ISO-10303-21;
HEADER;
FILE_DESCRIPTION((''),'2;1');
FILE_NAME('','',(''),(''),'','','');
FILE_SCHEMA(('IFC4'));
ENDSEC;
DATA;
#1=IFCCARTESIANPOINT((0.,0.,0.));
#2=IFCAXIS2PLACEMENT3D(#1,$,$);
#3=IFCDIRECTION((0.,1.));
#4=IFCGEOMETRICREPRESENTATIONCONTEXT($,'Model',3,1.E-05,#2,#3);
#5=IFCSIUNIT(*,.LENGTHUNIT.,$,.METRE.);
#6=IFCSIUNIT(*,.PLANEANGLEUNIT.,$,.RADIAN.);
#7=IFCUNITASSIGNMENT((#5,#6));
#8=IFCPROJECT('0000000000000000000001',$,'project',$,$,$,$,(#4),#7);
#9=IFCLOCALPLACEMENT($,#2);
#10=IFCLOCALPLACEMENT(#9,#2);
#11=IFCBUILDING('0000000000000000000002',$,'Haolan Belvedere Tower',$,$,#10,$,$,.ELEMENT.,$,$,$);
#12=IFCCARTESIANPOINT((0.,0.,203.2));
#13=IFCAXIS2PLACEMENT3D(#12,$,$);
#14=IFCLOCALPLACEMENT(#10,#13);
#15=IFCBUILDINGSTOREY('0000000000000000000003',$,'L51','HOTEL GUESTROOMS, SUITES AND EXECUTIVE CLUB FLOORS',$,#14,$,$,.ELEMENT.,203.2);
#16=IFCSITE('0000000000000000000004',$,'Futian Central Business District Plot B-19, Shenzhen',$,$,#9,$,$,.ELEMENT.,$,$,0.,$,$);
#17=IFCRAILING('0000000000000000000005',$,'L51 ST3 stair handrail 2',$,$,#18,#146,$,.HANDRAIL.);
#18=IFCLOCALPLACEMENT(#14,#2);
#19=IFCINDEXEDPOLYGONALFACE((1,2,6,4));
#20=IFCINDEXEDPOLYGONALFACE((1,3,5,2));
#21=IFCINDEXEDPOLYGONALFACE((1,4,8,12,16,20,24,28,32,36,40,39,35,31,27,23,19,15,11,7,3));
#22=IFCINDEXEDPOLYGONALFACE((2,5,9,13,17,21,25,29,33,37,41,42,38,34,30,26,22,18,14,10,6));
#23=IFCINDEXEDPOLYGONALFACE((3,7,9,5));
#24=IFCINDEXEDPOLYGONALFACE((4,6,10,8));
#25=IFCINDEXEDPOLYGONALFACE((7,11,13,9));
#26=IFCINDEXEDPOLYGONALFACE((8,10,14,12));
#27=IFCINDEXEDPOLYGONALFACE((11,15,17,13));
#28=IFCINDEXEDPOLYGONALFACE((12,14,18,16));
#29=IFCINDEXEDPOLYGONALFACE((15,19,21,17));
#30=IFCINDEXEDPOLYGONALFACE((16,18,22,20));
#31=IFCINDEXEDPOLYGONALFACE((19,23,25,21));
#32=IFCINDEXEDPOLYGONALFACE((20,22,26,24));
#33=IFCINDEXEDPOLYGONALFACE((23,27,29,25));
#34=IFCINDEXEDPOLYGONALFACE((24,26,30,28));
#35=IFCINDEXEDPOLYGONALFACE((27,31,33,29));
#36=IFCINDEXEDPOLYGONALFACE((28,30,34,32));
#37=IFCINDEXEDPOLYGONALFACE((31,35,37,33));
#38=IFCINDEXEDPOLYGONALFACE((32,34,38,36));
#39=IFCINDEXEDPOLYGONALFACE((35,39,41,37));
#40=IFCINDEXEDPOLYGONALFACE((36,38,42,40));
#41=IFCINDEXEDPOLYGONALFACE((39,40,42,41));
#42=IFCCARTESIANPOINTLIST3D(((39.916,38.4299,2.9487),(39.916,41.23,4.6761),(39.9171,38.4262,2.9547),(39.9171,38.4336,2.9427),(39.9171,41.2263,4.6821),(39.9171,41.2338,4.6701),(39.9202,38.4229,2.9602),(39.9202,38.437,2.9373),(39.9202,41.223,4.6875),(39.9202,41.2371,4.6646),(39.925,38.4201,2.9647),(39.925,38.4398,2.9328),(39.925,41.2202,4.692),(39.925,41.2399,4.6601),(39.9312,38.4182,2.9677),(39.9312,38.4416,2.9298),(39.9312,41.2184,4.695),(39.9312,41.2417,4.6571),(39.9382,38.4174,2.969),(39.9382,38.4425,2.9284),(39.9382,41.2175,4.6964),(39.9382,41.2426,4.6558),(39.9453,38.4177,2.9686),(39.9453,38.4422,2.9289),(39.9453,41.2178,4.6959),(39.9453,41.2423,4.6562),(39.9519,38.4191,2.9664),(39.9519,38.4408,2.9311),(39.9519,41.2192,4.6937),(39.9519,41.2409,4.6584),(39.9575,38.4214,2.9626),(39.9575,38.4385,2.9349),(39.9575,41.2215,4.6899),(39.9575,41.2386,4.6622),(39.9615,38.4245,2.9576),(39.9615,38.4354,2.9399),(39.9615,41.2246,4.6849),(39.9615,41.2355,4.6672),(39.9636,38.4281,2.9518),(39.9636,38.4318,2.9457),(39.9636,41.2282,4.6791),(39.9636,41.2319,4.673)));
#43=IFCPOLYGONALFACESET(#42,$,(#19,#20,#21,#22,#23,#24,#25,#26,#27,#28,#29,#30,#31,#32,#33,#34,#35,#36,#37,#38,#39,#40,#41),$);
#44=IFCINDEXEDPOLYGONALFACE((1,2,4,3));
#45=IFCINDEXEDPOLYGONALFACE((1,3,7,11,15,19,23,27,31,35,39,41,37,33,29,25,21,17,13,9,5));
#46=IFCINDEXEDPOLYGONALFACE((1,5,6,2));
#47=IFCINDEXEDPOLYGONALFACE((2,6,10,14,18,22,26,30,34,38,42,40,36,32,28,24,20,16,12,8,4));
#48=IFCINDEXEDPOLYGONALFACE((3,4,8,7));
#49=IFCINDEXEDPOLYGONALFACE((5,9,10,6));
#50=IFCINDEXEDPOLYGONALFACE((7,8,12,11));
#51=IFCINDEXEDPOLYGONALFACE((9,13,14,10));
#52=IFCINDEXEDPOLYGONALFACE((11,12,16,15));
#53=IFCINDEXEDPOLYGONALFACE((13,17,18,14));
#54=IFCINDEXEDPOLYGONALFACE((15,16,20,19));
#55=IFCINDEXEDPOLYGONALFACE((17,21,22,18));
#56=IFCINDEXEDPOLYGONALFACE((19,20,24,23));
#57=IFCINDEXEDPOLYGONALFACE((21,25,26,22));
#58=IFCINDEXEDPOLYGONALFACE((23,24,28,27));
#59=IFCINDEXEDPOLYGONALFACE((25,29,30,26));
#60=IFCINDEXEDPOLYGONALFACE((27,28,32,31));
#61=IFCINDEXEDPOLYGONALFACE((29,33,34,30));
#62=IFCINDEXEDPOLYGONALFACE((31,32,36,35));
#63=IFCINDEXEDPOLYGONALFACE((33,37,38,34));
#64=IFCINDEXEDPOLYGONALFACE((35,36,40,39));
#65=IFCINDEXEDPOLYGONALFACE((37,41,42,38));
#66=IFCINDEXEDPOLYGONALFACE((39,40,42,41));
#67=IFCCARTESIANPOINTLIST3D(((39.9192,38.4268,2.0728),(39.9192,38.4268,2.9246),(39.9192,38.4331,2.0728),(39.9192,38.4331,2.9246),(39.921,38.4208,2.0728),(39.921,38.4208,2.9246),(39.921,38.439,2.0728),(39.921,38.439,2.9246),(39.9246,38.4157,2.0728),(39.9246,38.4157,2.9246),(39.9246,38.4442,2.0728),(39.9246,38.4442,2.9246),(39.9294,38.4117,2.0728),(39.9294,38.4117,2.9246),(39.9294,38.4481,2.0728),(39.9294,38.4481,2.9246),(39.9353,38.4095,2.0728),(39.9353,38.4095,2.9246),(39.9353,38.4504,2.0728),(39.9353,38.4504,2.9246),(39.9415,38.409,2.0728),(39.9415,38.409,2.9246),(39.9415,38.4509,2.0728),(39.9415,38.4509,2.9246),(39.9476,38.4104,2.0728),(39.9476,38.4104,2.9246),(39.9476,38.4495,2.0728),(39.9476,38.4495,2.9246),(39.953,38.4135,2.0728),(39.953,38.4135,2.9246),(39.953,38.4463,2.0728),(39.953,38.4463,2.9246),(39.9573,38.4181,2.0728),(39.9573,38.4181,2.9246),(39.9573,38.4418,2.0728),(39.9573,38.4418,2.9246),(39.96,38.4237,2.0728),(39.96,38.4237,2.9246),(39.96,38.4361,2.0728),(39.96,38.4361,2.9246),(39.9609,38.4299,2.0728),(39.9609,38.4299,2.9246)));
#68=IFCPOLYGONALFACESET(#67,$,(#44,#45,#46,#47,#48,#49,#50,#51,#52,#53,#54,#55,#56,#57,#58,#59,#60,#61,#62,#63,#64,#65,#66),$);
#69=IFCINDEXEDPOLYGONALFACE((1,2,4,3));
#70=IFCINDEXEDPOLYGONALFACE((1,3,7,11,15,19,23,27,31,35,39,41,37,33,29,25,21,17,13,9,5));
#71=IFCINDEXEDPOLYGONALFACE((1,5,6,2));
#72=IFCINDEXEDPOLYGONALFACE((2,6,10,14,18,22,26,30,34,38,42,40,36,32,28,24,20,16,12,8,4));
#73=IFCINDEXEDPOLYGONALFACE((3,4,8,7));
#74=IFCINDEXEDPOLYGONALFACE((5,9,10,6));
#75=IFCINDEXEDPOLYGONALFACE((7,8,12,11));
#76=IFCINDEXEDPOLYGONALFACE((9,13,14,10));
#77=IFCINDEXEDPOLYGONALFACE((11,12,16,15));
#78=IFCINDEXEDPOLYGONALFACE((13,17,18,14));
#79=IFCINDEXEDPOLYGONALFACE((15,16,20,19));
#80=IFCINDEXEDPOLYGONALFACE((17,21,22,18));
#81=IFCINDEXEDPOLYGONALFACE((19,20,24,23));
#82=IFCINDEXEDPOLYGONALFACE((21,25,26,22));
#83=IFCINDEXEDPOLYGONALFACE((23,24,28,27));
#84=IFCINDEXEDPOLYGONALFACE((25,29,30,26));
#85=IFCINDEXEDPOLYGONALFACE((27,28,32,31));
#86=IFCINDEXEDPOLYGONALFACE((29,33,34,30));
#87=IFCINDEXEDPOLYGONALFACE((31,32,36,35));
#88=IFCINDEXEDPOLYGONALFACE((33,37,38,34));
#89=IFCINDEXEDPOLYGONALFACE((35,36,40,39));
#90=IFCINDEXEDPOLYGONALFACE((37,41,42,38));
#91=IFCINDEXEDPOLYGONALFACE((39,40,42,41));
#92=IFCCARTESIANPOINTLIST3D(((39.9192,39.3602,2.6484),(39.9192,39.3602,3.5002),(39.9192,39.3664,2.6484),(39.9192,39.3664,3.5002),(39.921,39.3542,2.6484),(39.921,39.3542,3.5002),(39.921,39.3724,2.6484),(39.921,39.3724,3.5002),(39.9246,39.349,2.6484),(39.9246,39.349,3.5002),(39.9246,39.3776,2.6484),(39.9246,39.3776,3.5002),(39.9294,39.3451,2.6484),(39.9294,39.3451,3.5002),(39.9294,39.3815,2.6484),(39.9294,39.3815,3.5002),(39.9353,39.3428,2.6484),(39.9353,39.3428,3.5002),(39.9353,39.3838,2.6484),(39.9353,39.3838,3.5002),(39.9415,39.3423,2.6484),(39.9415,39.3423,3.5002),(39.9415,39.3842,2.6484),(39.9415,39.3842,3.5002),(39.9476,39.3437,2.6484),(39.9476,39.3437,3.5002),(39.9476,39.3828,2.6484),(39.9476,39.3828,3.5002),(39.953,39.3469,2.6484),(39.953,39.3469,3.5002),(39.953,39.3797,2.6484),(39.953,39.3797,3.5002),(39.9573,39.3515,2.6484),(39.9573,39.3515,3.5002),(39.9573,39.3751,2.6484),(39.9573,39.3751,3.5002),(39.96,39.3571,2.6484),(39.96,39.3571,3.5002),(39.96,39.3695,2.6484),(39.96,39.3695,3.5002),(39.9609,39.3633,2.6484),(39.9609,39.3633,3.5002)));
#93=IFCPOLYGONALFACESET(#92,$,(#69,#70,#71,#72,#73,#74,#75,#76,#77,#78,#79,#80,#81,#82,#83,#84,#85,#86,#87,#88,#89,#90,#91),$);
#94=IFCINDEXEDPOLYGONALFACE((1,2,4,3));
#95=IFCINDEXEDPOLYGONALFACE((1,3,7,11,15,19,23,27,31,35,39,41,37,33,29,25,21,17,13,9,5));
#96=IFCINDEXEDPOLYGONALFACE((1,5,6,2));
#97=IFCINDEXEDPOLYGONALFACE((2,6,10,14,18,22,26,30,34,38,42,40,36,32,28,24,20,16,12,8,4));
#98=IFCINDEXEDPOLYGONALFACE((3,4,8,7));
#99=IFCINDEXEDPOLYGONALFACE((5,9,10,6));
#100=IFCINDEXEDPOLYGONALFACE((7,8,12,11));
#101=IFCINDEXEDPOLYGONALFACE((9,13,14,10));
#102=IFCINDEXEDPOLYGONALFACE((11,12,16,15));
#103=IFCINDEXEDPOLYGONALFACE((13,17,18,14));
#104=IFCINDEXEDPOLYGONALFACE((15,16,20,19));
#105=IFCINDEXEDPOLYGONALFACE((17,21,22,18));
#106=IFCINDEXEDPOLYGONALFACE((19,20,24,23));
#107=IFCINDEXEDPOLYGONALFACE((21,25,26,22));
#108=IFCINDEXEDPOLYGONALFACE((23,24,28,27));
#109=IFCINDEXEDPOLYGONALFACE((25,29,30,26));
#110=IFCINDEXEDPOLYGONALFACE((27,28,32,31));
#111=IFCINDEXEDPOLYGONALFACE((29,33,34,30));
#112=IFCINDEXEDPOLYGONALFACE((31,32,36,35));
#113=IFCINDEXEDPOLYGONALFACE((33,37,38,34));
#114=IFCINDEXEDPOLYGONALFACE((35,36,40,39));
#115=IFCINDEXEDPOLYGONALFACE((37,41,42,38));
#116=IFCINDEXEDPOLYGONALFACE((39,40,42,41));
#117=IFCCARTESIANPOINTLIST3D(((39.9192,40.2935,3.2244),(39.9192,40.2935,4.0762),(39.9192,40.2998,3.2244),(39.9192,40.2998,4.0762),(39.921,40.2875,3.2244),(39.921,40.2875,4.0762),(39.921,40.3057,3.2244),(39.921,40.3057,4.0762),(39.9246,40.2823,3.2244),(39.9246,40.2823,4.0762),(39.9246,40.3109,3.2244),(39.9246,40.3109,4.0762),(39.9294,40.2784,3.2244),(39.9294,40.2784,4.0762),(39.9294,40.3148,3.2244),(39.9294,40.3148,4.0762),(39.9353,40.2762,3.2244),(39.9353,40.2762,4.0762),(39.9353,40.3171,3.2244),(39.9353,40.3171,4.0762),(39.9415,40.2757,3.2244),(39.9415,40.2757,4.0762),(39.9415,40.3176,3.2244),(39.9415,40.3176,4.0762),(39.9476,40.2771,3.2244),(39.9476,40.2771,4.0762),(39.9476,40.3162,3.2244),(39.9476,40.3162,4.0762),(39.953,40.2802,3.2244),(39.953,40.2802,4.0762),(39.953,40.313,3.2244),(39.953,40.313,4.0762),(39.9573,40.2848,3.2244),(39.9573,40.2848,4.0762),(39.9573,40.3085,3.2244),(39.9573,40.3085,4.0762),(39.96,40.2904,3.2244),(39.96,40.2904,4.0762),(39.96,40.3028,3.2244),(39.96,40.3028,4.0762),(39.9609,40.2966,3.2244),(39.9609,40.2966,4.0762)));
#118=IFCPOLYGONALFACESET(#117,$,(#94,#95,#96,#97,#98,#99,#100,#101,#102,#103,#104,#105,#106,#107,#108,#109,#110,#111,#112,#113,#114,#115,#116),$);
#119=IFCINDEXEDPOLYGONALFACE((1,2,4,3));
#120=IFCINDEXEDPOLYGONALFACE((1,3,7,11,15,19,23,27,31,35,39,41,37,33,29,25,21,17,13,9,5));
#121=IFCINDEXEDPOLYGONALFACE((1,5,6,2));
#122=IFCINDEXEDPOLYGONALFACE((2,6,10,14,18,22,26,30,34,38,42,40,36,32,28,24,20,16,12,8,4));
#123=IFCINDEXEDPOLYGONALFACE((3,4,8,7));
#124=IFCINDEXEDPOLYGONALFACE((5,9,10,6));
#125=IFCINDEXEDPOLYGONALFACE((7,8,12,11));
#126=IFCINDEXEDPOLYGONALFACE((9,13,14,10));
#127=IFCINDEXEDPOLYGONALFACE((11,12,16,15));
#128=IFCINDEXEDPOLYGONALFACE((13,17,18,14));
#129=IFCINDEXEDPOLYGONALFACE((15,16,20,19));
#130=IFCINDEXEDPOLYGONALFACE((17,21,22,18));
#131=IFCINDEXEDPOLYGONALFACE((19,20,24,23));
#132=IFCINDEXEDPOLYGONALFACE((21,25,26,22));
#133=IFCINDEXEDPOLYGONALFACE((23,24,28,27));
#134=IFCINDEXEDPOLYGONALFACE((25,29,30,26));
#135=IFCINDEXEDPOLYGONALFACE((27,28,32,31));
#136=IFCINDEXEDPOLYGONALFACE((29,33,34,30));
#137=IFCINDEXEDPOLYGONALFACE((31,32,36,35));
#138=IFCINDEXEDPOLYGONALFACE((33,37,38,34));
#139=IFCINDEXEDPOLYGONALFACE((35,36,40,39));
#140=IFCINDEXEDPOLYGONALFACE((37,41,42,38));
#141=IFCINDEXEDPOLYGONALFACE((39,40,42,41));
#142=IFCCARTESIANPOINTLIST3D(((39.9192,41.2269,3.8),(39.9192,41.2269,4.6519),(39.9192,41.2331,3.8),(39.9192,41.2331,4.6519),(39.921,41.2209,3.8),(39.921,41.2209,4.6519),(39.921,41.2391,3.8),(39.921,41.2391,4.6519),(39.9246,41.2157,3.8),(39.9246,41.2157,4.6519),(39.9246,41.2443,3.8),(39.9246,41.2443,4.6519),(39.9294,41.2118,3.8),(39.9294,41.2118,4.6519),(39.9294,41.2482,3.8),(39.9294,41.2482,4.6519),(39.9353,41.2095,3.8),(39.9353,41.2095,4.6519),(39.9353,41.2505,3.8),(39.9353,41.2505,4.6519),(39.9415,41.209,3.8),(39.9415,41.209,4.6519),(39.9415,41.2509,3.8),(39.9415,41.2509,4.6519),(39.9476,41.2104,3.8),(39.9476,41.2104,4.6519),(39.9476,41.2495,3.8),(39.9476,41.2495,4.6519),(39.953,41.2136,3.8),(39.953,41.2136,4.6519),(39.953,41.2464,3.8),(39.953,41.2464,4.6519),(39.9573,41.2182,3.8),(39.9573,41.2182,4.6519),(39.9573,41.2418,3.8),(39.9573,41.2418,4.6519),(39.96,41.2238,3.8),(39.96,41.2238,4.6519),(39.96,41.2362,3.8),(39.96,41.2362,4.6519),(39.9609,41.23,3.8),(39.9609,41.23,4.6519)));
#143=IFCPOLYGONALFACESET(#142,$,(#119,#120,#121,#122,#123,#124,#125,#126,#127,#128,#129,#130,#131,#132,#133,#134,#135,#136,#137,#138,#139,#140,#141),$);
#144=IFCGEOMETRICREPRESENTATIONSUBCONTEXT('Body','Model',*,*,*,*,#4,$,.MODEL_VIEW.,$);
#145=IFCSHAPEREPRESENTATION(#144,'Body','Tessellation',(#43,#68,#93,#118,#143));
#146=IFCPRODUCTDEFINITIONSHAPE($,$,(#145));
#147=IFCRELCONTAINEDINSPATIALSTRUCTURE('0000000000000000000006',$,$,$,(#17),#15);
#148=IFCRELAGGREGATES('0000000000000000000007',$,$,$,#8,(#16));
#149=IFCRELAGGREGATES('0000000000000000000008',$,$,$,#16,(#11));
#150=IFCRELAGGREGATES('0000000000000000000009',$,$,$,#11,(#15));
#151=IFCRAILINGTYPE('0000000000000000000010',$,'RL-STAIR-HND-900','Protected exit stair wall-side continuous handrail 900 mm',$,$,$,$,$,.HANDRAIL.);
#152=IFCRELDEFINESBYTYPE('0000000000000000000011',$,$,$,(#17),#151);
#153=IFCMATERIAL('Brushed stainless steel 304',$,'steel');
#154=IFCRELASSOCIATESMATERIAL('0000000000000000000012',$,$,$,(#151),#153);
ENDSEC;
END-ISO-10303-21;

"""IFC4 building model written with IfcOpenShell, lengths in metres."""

from ifc_helpers import new_model, si_unit, direction, frame, origin, origin_2d, place, context, subcontext, project, spatial, circle, extrude, material, type_object, element, save


model = new_model("IFC4")

# Units and contexts
model_context = context("Model", 3, precision=1e-05, world=origin(), true_north=direction((0.0, 1.0)))
body_context = subcontext(model_context, "Body", "Model", "MODEL_VIEW")
ifc_project = project(units=[si_unit("LENGTHUNIT", "METRE"), si_unit("PLANEANGLEUNIT", "RADIAN")], contexts=[model_context])

# Site, building, storey
site_placement = place(None, origin())
site = spatial("IfcSite", under=ifc_project, at=site_placement, Name="Futian Central Business District Plot B-19, Shenzhen", CompositionType="ELEMENT", RefElevation=0.0)
building_placement = place(site_placement, origin())
building = spatial("IfcBuilding", under=site, at=building_placement, Name="Haolan Belvedere Tower", CompositionType="ELEMENT")
storey_placement = place(building_placement, frame((0.0, 0.0, 203.2)))
storey = spatial("IfcBuildingStorey", under=building, at=storey_placement, Name="L51", Description="HOTEL GUESTROOMS, SUITES AND EXECUTIVE CLUB FLOORS", CompositionType="ELEMENT", Elevation=203.2)

# Railing
ifc_material_1 = material(Name="Brushed stainless steel 304", Category="steel")
railing_type_1 = type_object("IfcRailingType", Name="RL-STAIR-HND-900", Description="Protected exit stair wall-side continuous handrail 900 mm", PredefinedType="HANDRAIL", material=ifc_material_1)
railing_1_placement = place(storey_placement, frame((39.9399, 38.4299, 2.0728)))
element("IfcRailing", 1, at=railing_1_placement, inside=storey, type_object=railing_type_1, Name="L51 ST3 stair handrail 2", PredefinedType="HANDRAIL", context=body_context, shape_type="SweptSolid", body=[
    extrude(circle(Radius=0.0239, at=origin_2d()), frame((0.0, 0.0, 0.876), z_axis=(0.0, 0.85109, 0.52502), x_axis=(-1.0, 0.0, 0.0)), (0.0, 0.0, 1.0), 3.29),
    extrude(circle(Radius=0.021, at=origin_2d()), origin(), (0.0, 0.0, 1.0), 0.8518),
    extrude(circle(Radius=0.021, at=origin_2d()), frame((0.0, 0.9333, 0.5757)), (0.0, 0.0, 1.0), 0.8518),
    extrude(circle(Radius=0.021, at=origin_2d()), frame((0.0, 1.8667, 1.1516)), (0.0, 0.0, 1.0), 0.8518),
    extrude(circle(Radius=0.021, at=origin_2d()), frame((0.0, 2.8, 1.7273)), (0.0, 0.0, 1.0), 0.8518),
])

save(model, "model.ifc")
